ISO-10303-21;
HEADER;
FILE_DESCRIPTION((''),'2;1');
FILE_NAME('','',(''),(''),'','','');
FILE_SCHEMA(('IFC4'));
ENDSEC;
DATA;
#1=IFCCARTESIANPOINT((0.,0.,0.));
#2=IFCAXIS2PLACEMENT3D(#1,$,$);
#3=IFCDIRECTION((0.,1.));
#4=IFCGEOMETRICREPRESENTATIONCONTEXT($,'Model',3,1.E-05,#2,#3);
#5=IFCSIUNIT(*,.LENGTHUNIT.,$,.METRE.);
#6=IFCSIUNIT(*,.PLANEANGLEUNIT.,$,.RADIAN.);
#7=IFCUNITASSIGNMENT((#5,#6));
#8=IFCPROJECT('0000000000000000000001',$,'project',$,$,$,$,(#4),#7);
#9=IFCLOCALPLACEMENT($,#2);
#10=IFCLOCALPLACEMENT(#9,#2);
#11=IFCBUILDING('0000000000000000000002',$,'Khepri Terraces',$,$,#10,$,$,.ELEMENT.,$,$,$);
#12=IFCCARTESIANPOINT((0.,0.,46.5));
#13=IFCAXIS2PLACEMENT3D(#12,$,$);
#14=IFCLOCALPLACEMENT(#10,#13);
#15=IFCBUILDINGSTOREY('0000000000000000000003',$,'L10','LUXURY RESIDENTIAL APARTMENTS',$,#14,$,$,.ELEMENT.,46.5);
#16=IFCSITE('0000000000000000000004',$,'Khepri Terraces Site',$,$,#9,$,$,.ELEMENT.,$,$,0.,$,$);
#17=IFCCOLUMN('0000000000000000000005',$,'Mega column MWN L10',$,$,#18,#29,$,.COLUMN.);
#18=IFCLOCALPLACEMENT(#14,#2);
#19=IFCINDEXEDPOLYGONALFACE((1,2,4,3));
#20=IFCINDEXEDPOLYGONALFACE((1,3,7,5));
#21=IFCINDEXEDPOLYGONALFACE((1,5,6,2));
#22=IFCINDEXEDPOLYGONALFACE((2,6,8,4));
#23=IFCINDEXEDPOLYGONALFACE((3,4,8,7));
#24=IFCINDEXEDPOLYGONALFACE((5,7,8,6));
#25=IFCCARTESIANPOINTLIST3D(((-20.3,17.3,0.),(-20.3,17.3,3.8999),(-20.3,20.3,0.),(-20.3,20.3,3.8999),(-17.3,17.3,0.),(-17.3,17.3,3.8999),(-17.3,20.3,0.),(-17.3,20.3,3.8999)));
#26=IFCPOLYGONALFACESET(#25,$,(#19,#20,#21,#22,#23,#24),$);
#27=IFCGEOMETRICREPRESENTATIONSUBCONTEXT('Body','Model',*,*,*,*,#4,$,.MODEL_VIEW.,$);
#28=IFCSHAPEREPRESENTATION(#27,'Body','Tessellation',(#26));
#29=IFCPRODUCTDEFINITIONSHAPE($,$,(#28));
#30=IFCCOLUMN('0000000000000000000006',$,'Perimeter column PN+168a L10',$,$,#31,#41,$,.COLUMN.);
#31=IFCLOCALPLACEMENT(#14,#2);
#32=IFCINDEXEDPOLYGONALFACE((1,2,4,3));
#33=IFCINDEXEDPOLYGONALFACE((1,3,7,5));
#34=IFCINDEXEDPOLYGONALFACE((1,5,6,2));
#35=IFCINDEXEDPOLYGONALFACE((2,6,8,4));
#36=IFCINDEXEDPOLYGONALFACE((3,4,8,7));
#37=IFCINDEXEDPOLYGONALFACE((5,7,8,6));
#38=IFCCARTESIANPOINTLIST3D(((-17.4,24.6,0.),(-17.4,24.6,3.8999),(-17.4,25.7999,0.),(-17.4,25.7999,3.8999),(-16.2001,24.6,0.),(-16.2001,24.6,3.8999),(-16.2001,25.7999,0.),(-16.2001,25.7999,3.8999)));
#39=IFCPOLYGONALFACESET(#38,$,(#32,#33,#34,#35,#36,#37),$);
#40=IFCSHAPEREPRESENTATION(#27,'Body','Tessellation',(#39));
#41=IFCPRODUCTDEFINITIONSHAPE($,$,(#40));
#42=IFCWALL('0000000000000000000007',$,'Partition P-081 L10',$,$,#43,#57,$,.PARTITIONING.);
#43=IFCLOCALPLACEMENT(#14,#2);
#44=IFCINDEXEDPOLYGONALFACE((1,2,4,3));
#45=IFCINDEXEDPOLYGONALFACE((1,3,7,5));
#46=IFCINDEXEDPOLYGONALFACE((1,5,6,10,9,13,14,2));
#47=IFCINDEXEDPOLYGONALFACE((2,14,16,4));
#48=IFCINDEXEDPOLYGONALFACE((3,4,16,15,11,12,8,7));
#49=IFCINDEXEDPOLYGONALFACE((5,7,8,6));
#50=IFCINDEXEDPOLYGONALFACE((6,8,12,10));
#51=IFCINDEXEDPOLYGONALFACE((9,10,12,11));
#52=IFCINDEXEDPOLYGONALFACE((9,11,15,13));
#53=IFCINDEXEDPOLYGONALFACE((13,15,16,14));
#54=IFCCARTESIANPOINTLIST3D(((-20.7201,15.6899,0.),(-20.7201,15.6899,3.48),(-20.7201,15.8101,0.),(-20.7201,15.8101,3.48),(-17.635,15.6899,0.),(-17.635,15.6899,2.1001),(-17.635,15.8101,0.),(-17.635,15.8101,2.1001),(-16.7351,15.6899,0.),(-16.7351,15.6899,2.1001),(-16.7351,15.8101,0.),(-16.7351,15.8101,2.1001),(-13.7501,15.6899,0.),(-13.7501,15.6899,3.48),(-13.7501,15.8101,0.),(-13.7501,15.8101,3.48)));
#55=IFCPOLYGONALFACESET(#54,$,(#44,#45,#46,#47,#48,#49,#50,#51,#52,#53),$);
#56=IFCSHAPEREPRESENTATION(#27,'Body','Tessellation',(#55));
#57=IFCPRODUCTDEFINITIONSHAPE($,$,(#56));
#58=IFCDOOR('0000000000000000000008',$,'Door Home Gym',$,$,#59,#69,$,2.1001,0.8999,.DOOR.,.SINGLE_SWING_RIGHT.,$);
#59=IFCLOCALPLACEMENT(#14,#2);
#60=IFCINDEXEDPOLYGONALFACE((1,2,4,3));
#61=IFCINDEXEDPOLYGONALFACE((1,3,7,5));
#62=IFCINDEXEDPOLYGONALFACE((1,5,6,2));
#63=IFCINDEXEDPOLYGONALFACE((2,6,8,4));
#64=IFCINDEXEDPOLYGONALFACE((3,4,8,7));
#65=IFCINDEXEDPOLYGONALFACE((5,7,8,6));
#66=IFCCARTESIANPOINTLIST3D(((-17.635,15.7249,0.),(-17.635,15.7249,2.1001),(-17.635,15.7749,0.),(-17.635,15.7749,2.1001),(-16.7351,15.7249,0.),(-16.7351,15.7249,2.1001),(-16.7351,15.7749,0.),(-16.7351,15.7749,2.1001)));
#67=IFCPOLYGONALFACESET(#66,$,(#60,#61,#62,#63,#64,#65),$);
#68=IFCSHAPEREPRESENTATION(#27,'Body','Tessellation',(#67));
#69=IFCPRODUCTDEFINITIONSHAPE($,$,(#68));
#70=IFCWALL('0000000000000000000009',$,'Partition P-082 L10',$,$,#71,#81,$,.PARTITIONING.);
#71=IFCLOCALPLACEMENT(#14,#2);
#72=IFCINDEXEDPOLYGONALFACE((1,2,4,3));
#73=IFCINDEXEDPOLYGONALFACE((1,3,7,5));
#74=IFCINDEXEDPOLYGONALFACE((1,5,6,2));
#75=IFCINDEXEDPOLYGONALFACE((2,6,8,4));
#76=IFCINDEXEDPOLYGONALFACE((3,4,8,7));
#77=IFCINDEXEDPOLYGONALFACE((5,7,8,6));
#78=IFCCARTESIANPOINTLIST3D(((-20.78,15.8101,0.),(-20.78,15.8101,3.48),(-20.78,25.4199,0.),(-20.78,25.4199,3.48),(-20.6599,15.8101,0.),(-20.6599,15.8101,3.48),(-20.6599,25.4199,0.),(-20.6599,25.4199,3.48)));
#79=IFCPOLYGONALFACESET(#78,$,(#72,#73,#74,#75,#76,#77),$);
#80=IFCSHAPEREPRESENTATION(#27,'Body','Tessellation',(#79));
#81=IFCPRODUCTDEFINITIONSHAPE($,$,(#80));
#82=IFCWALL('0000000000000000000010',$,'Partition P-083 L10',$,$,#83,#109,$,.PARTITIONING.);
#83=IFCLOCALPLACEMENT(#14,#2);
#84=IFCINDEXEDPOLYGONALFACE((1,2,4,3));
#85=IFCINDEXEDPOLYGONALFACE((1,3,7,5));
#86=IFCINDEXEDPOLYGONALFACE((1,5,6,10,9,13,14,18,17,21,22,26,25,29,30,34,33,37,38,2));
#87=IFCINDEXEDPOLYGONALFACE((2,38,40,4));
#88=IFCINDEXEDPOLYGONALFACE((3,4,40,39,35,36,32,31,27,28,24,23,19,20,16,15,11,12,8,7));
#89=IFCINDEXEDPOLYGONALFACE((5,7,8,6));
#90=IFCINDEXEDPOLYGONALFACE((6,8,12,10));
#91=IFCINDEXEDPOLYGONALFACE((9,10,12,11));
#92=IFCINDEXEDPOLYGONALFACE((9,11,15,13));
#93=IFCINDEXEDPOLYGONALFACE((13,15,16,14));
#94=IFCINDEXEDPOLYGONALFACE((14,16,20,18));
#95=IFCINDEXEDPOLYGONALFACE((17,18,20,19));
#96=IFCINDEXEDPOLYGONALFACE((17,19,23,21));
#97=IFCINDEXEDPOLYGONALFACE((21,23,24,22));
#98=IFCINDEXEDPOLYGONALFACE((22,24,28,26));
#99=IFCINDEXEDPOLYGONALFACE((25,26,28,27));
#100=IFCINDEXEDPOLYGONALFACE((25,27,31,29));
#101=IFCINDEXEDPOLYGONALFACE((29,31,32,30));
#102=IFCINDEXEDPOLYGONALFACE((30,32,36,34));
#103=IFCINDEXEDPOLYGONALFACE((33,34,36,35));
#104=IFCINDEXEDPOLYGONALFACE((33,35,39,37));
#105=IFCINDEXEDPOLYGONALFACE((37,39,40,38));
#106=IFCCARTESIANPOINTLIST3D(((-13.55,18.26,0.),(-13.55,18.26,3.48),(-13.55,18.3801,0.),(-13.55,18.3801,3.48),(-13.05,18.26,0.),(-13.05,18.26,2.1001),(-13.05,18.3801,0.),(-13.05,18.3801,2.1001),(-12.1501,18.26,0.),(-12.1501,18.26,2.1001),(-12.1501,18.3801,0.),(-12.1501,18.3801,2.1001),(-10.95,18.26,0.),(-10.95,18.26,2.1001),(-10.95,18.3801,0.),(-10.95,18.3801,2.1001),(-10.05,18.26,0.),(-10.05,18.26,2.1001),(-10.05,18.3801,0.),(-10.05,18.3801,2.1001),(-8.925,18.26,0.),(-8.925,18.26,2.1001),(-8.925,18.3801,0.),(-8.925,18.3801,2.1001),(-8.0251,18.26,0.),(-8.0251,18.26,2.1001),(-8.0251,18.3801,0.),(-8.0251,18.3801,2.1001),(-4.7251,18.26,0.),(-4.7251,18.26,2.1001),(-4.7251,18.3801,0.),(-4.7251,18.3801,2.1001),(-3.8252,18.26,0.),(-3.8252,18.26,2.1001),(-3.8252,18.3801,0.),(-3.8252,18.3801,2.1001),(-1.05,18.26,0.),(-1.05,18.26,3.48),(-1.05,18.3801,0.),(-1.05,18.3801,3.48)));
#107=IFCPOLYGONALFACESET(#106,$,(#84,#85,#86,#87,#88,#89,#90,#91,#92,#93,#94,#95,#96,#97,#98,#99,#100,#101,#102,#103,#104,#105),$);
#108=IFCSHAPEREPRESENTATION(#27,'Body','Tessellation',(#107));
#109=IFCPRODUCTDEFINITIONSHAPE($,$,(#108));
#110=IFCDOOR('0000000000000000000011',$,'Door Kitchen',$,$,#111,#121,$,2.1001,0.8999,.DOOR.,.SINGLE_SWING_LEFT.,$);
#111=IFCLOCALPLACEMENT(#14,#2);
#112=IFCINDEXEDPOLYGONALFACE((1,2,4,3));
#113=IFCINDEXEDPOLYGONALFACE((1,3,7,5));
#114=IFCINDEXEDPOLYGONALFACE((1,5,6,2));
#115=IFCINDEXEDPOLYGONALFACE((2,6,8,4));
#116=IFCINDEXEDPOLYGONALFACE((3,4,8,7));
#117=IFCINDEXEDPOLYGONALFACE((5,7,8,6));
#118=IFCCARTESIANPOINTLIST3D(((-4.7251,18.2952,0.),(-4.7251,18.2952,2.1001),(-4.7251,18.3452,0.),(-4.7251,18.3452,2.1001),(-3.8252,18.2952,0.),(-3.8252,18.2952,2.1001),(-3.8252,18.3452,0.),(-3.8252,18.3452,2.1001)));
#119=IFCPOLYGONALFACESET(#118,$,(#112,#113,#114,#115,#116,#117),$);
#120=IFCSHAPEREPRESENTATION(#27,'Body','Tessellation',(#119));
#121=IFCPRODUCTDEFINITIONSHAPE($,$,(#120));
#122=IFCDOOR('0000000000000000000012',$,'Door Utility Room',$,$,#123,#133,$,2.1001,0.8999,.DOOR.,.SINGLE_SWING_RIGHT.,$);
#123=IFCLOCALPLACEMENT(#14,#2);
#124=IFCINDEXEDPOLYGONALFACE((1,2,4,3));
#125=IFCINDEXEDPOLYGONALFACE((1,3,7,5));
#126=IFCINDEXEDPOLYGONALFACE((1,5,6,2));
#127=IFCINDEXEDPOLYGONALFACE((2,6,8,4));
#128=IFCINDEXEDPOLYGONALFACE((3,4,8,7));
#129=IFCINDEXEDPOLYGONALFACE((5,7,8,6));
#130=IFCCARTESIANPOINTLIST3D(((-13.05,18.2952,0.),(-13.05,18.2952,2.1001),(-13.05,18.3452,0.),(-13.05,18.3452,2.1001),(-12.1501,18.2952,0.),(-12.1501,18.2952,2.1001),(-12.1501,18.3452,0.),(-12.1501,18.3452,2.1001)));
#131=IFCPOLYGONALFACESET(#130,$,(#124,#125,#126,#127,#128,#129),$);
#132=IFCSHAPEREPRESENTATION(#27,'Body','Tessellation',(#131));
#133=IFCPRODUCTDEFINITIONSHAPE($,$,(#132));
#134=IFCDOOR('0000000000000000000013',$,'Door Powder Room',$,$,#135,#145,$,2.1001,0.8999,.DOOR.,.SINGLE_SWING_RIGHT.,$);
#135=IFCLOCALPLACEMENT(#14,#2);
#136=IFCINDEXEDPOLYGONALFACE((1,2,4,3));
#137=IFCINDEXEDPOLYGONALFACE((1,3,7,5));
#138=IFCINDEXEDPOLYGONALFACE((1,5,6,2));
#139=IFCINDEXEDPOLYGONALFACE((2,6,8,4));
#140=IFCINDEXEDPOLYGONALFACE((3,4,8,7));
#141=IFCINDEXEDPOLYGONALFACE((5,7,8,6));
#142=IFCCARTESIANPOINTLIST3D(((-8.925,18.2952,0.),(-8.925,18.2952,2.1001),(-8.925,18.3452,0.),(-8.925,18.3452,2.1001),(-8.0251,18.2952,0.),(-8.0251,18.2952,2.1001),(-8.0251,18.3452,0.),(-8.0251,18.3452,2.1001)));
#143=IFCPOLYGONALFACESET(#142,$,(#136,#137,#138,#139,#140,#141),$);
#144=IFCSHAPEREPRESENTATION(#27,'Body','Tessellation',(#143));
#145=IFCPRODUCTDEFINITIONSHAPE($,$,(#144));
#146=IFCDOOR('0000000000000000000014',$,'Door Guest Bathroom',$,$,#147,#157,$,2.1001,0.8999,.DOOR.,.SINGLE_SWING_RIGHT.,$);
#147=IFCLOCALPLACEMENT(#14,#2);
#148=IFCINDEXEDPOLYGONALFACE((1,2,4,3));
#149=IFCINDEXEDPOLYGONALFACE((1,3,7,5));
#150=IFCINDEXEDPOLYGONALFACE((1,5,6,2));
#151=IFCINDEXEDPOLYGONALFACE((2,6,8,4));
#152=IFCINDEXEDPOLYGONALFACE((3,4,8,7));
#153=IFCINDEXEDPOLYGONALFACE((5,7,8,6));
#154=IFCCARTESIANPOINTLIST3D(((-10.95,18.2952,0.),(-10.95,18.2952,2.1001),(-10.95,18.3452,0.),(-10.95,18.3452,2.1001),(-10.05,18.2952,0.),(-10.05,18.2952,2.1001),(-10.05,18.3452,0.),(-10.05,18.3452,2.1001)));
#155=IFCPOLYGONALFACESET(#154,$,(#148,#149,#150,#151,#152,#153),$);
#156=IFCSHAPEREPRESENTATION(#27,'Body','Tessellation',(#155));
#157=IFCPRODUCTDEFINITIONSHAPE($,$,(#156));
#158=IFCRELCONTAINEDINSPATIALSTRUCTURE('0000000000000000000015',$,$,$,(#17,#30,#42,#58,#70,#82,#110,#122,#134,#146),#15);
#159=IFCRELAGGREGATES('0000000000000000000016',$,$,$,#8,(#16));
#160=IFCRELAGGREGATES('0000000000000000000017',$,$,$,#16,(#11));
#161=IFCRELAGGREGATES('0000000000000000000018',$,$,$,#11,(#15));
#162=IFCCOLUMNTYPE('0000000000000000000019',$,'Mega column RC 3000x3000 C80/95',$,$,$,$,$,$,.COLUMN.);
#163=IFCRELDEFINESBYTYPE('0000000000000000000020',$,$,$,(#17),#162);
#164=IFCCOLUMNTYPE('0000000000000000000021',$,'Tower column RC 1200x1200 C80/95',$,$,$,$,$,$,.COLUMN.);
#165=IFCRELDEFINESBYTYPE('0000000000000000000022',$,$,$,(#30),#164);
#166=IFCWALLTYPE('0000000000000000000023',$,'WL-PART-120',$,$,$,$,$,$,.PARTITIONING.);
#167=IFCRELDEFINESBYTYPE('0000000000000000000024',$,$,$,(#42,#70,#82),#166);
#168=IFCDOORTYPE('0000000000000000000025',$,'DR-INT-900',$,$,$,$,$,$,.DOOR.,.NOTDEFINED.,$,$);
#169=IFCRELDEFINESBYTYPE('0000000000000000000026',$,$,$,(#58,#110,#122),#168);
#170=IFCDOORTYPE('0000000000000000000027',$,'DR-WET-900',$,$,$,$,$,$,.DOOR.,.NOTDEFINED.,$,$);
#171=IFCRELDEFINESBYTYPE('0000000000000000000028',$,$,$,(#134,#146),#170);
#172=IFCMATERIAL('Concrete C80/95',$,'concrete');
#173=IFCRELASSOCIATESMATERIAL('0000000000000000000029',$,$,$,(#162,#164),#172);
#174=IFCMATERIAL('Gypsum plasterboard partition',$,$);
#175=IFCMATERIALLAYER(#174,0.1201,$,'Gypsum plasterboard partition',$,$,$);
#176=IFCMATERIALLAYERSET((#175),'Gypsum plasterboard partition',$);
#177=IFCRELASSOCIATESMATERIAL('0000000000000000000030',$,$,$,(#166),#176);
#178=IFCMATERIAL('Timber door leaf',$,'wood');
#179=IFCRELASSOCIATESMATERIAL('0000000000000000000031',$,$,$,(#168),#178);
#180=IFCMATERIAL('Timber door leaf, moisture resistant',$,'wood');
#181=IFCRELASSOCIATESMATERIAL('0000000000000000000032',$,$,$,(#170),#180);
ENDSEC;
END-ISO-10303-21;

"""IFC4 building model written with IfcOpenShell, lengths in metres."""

from ifc_helpers import new_model, si_unit, direction, frame, frame_2d, origin, origin_2d, place, context, subcontext, project, spatial, rectangle, extrude, material, layer, layer_set, material_profile, profile_set, type_object, element, fill, save


model = new_model("IFC4")

# Units and contexts
model_context = context("Model", 3, precision=1e-05, world=origin(), true_north=direction((0.0, 1.0)))
body_context = subcontext(model_context, "Body", "Model", "MODEL_VIEW")
ifc_project = project(units=[si_unit("LENGTHUNIT", "METRE"), si_unit("PLANEANGLEUNIT", "RADIAN")], contexts=[model_context])

# Site, building, storey
site_placement = place(None, origin())
site = spatial("IfcSite", under=ifc_project, at=site_placement, Name="Khepri Terraces Site", CompositionType="ELEMENT", RefElevation=0.0)
building_placement = place(site_placement, origin())
building = spatial("IfcBuilding", under=site, at=building_placement, Name="Khepri Terraces", CompositionType="ELEMENT")
storey_placement = place(building_placement, frame((0.0, 0.0, 46.5)))
storey = spatial("IfcBuildingStorey", under=building, at=storey_placement, Name="L10", Description="LUXURY RESIDENTIAL APARTMENTS", CompositionType="ELEMENT", Elevation=46.5)

# Columns
ifc_material_1 = material(Name="Concrete C80/95", Category="concrete")
ifc_material_profile_1 = material_profile(ifc_material_1, rectangle(XDim=3.0, YDim=3.0, at=origin_2d()), Name="Concrete C80/95", Category="concrete")
ifc_profile_set_1 = profile_set([ifc_material_profile_1], Name="Concrete C80/95")
column_type_1 = type_object("IfcColumnType", Name="Mega column RC 3000x3000 C80/95", PredefinedType="COLUMN", material=ifc_profile_set_1)
column_1_placement = place(storey_placement, frame((-18.8, 18.8, 0.0), z_axis=(0.0, 0.0, 1.0), x_axis=(1.0, 0.0, 0.0)))
element("IfcColumn", 1, at=column_1_placement, inside=storey, type_object=column_type_1, Name="Mega column MWN L10", PredefinedType="COLUMN", context=body_context, shape_type="SweptSolid", body=[
    extrude(rectangle(XDim=3.0, YDim=3.0, at=origin_2d()), origin(), (0.0, 0.0, 1.0), 3.8999),
])
ifc_material_profile_2 = material_profile(ifc_material_1, rectangle(XDim=1.2, YDim=1.2, at=origin_2d()), Name="Concrete C80/95", Category="concrete")
ifc_profile_set_2 = profile_set([ifc_material_profile_2], Name="Concrete C80/95")
column_type_2 = type_object("IfcColumnType", Name="Tower column RC 1200x1200 C80/95", PredefinedType="COLUMN", material=ifc_profile_set_2)
column_2_placement = place(storey_placement, frame((-16.8, 25.2, 0.0), z_axis=(0.0, 0.0, 1.0), x_axis=(1.0, 0.0, 0.0)))
element("IfcColumn", 2, at=column_2_placement, inside=storey, type_object=column_type_2, Name="Perimeter column PN+168a L10", PredefinedType="COLUMN", context=body_context, shape_type="SweptSolid", body=[
    extrude(rectangle(XDim=1.2, YDim=1.2, at=origin_2d()), origin(), (0.0, 0.0, 1.0), 3.8999),
])

# Wall, opening, door
ifc_material_2 = material(Name="Gypsum plasterboard partition")
ifc_layer_1 = layer(ifc_material_2, 0.1201, Name="Gypsum plasterboard partition")
ifc_layer_set_1 = layer_set([ifc_layer_1], Name="Gypsum plasterboard partition")
wall_type_1 = type_object("IfcWallType", Name="WL-PART-120", PredefinedType="PARTITIONING", material=ifc_layer_set_1)
wall_1_placement = place(storey_placement, frame((-20.72, 15.75, 0.0), z_axis=(0.0, 0.0, 1.0), x_axis=(1.0, 0.0, 0.0)))
wall_1 = element("IfcWall", 3, at=wall_1_placement, inside=storey, type_object=wall_type_1, Name="Partition P-081 L10", PredefinedType="PARTITIONING", context=body_context, shape_type="SweptSolid", body=[
    extrude(rectangle(XDim=6.97, YDim=0.1201, at=frame_2d((3.4849, 0.0))), origin(), (0.0, 0.0, 1.0), 3.48),
])
opening_1_placement = place(wall_1_placement, frame((3.085, 0.0, 0.0)))
opening_1 = element("IfcOpeningElement", 4, at=opening_1_placement, cuts=wall_1, PredefinedType="OPENING", context=body_context, shape_type="SweptSolid", body=[
    extrude(rectangle(XDim=0.8999, YDim=2.1001, at=frame_2d((0.45, 1.05))), frame((0.0, 0.0701, 0.0), z_axis=(0.0, -1.0, 0.0), x_axis=(1.0, 0.0, 0.0)), (0.0, 0.0, 1.0), 0.1401),
])
ifc_material_3 = material(Name="Timber door leaf", Category="wood")
door_type_1 = type_object("IfcDoorType", Name="DR-INT-900", OperationType="NOTDEFINED", PredefinedType="DOOR", material=ifc_material_3)
door_1_placement = place(opening_1_placement, origin())
door_1 = element("IfcDoor", 5, at=door_1_placement, inside=storey, type_object=door_type_1, Name="Door Home Gym", OperationType="SINGLE_SWING_RIGHT", OverallHeight=2.1001, OverallWidth=0.8999, PredefinedType="DOOR", context=body_context, shape_type="SweptSolid", body=[
    extrude(rectangle(XDim=0.8999, YDim=2.1001, at=frame_2d((0.45, 1.05))), frame((0.0, 0.0249, 0.0), z_axis=(0.0, -1.0, 0.0), x_axis=(1.0, 0.0, 0.0)), (0.0, 0.0, 1.0), 0.05),
])
fill(opening_1, door_1)

# Wall
wall_2_placement = place(storey_placement, frame((-20.72, 15.8101, 0.0), z_axis=(0.0, 0.0, 1.0), x_axis=(0.0, 1.0, 0.0)))
element("IfcWall", 6, at=wall_2_placement, inside=storey, type_object=wall_type_1, Name="Partition P-082 L10", PredefinedType="PARTITIONING", context=body_context, shape_type="SweptSolid", body=[
    extrude(rectangle(XDim=9.6099, YDim=0.1201, at=frame_2d((4.8049, 0.0))), origin(), (0.0, 0.0, 1.0), 3.48),
])

# Wall, openings, doors
wall_3_placement = place(storey_placement, frame((-13.55, 18.3201, 0.0), z_axis=(0.0, 0.0, 1.0), x_axis=(1.0, 0.0, 0.0)))
wall_3 = element("IfcWall", 7, at=wall_3_placement, inside=storey, type_object=wall_type_1, Name="Partition P-083 L10", PredefinedType="PARTITIONING", context=body_context, shape_type="SweptSolid", body=[
    extrude(rectangle(XDim=12.5, YDim=0.1201, at=frame_2d((6.25, 0.0))), origin(), (0.0, 0.0, 1.0), 3.48),
])
opening_2_placement = place(wall_3_placement, frame((8.825, 0.0, 0.0)))
opening_2 = element("IfcOpeningElement", 8, at=opening_2_placement, cuts=wall_3, PredefinedType="OPENING", context=body_context, shape_type="SweptSolid", body=[
    extrude(rectangle(XDim=0.8999, YDim=2.1001, at=frame_2d((0.45, 1.05))), frame((0.0, 0.0701, 0.0), z_axis=(0.0, -1.0, 0.0), x_axis=(1.0, 0.0, 0.0)), (0.0, 0.0, 1.0), 0.1401),
])
opening_3_placement = place(wall_3_placement, frame((4.625, 0.0, 0.0)))
opening_3 = element("IfcOpeningElement", 9, at=opening_3_placement, cuts=wall_3, PredefinedType="OPENING", context=body_context, shape_type="SweptSolid", body=[
    extrude(rectangle(XDim=0.8999, YDim=2.1001, at=frame_2d((0.45, 1.05))), frame((0.0, 0.0701, 0.0), z_axis=(0.0, -1.0, 0.0), x_axis=(1.0, 0.0, 0.0)), (0.0, 0.0, 1.0), 0.1401),
])
opening_4_placement = place(wall_3_placement, frame((2.6001, 0.0, 0.0)))
opening_4 = element("IfcOpeningElement", 10, at=opening_4_placement, cuts=wall_3, PredefinedType="OPENING", context=body_context, shape_type="SweptSolid", body=[
    extrude(rectangle(XDim=0.8999, YDim=2.1001, at=frame_2d((0.45, 1.05))), frame((0.0, 0.0701, 0.0), z_axis=(0.0, -1.0, 0.0), x_axis=(1.0, 0.0, 0.0)), (0.0, 0.0, 1.0), 0.1401),
])
opening_5_placement = place(wall_3_placement, frame((0.5, 0.0, 0.0)))
opening_5 = element("IfcOpeningElement", 11, at=opening_5_placement, cuts=wall_3, PredefinedType="OPENING", context=body_context, shape_type="SweptSolid", body=[
    extrude(rectangle(XDim=0.8999, YDim=2.1001, at=frame_2d((0.45, 1.05))), frame((0.0, 0.0701, 0.0), z_axis=(0.0, -1.0, 0.0), x_axis=(1.0, 0.0, 0.0)), (0.0, 0.0, 1.0), 0.1401),
])
door_2_placement = place(opening_2_placement, frame((0.8999, 0.0, 0.0), z_axis=(0.0, 0.0, 1.0), x_axis=(-1.0, 0.0, 0.0)))
door_2 = element("IfcDoor", 12, at=door_2_placement, inside=storey, type_object=door_type_1, Name="Door Kitchen", OperationType="SINGLE_SWING_LEFT", OverallHeight=2.1001, OverallWidth=0.8999, PredefinedType="DOOR", context=body_context, shape_type="SweptSolid", body=[
    extrude(rectangle(XDim=0.8999, YDim=2.1001, at=frame_2d((0.45, 1.05))), frame((0.0, 0.0249, 0.0), z_axis=(0.0, -1.0, 0.0), x_axis=(1.0, 0.0, 0.0)), (0.0, 0.0, 1.0), 0.05),
])
fill(opening_2, door_2)
door_3_placement = place(opening_5_placement, frame((0.8999, 0.0, 0.0), z_axis=(0.0, 0.0, 1.0), x_axis=(-1.0, 0.0, 0.0)))
door_3 = element("IfcDoor", 13, at=door_3_placement, inside=storey, type_object=door_type_1, Name="Door Utility Room", OperationType="SINGLE_SWING_RIGHT", OverallHeight=2.1001, OverallWidth=0.8999, PredefinedType="DOOR", context=body_context, shape_type="SweptSolid", body=[
    extrude(rectangle(XDim=0.8999, YDim=2.1001, at=frame_2d((0.45, 1.05))), frame((0.0, 0.0249, 0.0), z_axis=(0.0, -1.0, 0.0), x_axis=(1.0, 0.0, 0.0)), (0.0, 0.0, 1.0), 0.05),
])
fill(opening_5, door_3)
ifc_material_4 = material(Name="Timber door leaf, moisture resistant", Category="wood")
door_type_2 = type_object("IfcDoorType", Name="DR-WET-900", OperationType="NOTDEFINED", PredefinedType="DOOR", material=ifc_material_4)
door_4_placement = place(opening_3_placement, frame((0.8999, 0.0, 0.0), z_axis=(0.0, 0.0, 1.0), x_axis=(-1.0, 0.0, 0.0)))
door_4 = element("IfcDoor", 14, at=door_4_placement, inside=storey, type_object=door_type_2, Name="Door Powder Room", OperationType="SINGLE_SWING_RIGHT", OverallHeight=2.1001, OverallWidth=0.8999, PredefinedType="DOOR", context=body_context, shape_type="SweptSolid", body=[
    extrude(rectangle(XDim=0.8999, YDim=2.1001, at=frame_2d((0.45, 1.05))), frame((0.0, 0.0249, 0.0), z_axis=(0.0, -1.0, 0.0), x_axis=(1.0, 0.0, 0.0)), (0.0, 0.0, 1.0), 0.05),
])
fill(opening_3, door_4)
door_5_placement = place(opening_4_placement, frame((0.8999, 0.0, 0.0), z_axis=(0.0, 0.0, 1.0), x_axis=(-1.0, 0.0, 0.0)))
door_5 = element("IfcDoor", 15, at=door_5_placement, inside=storey, type_object=door_type_2, Name="Door Guest Bathroom", OperationType="SINGLE_SWING_RIGHT", OverallHeight=2.1001, OverallWidth=0.8999, PredefinedType="DOOR", context=body_context, shape_type="SweptSolid", body=[
    extrude(rectangle(XDim=0.8999, YDim=2.1001, at=frame_2d((0.45, 1.05))), frame((0.0, 0.0249, 0.0), z_axis=(0.0, -1.0, 0.0), x_axis=(1.0, 0.0, 0.0)), (0.0, 0.0, 1.0), 0.05),
])
fill(opening_4, door_5)

save(model, "model.ifc")
